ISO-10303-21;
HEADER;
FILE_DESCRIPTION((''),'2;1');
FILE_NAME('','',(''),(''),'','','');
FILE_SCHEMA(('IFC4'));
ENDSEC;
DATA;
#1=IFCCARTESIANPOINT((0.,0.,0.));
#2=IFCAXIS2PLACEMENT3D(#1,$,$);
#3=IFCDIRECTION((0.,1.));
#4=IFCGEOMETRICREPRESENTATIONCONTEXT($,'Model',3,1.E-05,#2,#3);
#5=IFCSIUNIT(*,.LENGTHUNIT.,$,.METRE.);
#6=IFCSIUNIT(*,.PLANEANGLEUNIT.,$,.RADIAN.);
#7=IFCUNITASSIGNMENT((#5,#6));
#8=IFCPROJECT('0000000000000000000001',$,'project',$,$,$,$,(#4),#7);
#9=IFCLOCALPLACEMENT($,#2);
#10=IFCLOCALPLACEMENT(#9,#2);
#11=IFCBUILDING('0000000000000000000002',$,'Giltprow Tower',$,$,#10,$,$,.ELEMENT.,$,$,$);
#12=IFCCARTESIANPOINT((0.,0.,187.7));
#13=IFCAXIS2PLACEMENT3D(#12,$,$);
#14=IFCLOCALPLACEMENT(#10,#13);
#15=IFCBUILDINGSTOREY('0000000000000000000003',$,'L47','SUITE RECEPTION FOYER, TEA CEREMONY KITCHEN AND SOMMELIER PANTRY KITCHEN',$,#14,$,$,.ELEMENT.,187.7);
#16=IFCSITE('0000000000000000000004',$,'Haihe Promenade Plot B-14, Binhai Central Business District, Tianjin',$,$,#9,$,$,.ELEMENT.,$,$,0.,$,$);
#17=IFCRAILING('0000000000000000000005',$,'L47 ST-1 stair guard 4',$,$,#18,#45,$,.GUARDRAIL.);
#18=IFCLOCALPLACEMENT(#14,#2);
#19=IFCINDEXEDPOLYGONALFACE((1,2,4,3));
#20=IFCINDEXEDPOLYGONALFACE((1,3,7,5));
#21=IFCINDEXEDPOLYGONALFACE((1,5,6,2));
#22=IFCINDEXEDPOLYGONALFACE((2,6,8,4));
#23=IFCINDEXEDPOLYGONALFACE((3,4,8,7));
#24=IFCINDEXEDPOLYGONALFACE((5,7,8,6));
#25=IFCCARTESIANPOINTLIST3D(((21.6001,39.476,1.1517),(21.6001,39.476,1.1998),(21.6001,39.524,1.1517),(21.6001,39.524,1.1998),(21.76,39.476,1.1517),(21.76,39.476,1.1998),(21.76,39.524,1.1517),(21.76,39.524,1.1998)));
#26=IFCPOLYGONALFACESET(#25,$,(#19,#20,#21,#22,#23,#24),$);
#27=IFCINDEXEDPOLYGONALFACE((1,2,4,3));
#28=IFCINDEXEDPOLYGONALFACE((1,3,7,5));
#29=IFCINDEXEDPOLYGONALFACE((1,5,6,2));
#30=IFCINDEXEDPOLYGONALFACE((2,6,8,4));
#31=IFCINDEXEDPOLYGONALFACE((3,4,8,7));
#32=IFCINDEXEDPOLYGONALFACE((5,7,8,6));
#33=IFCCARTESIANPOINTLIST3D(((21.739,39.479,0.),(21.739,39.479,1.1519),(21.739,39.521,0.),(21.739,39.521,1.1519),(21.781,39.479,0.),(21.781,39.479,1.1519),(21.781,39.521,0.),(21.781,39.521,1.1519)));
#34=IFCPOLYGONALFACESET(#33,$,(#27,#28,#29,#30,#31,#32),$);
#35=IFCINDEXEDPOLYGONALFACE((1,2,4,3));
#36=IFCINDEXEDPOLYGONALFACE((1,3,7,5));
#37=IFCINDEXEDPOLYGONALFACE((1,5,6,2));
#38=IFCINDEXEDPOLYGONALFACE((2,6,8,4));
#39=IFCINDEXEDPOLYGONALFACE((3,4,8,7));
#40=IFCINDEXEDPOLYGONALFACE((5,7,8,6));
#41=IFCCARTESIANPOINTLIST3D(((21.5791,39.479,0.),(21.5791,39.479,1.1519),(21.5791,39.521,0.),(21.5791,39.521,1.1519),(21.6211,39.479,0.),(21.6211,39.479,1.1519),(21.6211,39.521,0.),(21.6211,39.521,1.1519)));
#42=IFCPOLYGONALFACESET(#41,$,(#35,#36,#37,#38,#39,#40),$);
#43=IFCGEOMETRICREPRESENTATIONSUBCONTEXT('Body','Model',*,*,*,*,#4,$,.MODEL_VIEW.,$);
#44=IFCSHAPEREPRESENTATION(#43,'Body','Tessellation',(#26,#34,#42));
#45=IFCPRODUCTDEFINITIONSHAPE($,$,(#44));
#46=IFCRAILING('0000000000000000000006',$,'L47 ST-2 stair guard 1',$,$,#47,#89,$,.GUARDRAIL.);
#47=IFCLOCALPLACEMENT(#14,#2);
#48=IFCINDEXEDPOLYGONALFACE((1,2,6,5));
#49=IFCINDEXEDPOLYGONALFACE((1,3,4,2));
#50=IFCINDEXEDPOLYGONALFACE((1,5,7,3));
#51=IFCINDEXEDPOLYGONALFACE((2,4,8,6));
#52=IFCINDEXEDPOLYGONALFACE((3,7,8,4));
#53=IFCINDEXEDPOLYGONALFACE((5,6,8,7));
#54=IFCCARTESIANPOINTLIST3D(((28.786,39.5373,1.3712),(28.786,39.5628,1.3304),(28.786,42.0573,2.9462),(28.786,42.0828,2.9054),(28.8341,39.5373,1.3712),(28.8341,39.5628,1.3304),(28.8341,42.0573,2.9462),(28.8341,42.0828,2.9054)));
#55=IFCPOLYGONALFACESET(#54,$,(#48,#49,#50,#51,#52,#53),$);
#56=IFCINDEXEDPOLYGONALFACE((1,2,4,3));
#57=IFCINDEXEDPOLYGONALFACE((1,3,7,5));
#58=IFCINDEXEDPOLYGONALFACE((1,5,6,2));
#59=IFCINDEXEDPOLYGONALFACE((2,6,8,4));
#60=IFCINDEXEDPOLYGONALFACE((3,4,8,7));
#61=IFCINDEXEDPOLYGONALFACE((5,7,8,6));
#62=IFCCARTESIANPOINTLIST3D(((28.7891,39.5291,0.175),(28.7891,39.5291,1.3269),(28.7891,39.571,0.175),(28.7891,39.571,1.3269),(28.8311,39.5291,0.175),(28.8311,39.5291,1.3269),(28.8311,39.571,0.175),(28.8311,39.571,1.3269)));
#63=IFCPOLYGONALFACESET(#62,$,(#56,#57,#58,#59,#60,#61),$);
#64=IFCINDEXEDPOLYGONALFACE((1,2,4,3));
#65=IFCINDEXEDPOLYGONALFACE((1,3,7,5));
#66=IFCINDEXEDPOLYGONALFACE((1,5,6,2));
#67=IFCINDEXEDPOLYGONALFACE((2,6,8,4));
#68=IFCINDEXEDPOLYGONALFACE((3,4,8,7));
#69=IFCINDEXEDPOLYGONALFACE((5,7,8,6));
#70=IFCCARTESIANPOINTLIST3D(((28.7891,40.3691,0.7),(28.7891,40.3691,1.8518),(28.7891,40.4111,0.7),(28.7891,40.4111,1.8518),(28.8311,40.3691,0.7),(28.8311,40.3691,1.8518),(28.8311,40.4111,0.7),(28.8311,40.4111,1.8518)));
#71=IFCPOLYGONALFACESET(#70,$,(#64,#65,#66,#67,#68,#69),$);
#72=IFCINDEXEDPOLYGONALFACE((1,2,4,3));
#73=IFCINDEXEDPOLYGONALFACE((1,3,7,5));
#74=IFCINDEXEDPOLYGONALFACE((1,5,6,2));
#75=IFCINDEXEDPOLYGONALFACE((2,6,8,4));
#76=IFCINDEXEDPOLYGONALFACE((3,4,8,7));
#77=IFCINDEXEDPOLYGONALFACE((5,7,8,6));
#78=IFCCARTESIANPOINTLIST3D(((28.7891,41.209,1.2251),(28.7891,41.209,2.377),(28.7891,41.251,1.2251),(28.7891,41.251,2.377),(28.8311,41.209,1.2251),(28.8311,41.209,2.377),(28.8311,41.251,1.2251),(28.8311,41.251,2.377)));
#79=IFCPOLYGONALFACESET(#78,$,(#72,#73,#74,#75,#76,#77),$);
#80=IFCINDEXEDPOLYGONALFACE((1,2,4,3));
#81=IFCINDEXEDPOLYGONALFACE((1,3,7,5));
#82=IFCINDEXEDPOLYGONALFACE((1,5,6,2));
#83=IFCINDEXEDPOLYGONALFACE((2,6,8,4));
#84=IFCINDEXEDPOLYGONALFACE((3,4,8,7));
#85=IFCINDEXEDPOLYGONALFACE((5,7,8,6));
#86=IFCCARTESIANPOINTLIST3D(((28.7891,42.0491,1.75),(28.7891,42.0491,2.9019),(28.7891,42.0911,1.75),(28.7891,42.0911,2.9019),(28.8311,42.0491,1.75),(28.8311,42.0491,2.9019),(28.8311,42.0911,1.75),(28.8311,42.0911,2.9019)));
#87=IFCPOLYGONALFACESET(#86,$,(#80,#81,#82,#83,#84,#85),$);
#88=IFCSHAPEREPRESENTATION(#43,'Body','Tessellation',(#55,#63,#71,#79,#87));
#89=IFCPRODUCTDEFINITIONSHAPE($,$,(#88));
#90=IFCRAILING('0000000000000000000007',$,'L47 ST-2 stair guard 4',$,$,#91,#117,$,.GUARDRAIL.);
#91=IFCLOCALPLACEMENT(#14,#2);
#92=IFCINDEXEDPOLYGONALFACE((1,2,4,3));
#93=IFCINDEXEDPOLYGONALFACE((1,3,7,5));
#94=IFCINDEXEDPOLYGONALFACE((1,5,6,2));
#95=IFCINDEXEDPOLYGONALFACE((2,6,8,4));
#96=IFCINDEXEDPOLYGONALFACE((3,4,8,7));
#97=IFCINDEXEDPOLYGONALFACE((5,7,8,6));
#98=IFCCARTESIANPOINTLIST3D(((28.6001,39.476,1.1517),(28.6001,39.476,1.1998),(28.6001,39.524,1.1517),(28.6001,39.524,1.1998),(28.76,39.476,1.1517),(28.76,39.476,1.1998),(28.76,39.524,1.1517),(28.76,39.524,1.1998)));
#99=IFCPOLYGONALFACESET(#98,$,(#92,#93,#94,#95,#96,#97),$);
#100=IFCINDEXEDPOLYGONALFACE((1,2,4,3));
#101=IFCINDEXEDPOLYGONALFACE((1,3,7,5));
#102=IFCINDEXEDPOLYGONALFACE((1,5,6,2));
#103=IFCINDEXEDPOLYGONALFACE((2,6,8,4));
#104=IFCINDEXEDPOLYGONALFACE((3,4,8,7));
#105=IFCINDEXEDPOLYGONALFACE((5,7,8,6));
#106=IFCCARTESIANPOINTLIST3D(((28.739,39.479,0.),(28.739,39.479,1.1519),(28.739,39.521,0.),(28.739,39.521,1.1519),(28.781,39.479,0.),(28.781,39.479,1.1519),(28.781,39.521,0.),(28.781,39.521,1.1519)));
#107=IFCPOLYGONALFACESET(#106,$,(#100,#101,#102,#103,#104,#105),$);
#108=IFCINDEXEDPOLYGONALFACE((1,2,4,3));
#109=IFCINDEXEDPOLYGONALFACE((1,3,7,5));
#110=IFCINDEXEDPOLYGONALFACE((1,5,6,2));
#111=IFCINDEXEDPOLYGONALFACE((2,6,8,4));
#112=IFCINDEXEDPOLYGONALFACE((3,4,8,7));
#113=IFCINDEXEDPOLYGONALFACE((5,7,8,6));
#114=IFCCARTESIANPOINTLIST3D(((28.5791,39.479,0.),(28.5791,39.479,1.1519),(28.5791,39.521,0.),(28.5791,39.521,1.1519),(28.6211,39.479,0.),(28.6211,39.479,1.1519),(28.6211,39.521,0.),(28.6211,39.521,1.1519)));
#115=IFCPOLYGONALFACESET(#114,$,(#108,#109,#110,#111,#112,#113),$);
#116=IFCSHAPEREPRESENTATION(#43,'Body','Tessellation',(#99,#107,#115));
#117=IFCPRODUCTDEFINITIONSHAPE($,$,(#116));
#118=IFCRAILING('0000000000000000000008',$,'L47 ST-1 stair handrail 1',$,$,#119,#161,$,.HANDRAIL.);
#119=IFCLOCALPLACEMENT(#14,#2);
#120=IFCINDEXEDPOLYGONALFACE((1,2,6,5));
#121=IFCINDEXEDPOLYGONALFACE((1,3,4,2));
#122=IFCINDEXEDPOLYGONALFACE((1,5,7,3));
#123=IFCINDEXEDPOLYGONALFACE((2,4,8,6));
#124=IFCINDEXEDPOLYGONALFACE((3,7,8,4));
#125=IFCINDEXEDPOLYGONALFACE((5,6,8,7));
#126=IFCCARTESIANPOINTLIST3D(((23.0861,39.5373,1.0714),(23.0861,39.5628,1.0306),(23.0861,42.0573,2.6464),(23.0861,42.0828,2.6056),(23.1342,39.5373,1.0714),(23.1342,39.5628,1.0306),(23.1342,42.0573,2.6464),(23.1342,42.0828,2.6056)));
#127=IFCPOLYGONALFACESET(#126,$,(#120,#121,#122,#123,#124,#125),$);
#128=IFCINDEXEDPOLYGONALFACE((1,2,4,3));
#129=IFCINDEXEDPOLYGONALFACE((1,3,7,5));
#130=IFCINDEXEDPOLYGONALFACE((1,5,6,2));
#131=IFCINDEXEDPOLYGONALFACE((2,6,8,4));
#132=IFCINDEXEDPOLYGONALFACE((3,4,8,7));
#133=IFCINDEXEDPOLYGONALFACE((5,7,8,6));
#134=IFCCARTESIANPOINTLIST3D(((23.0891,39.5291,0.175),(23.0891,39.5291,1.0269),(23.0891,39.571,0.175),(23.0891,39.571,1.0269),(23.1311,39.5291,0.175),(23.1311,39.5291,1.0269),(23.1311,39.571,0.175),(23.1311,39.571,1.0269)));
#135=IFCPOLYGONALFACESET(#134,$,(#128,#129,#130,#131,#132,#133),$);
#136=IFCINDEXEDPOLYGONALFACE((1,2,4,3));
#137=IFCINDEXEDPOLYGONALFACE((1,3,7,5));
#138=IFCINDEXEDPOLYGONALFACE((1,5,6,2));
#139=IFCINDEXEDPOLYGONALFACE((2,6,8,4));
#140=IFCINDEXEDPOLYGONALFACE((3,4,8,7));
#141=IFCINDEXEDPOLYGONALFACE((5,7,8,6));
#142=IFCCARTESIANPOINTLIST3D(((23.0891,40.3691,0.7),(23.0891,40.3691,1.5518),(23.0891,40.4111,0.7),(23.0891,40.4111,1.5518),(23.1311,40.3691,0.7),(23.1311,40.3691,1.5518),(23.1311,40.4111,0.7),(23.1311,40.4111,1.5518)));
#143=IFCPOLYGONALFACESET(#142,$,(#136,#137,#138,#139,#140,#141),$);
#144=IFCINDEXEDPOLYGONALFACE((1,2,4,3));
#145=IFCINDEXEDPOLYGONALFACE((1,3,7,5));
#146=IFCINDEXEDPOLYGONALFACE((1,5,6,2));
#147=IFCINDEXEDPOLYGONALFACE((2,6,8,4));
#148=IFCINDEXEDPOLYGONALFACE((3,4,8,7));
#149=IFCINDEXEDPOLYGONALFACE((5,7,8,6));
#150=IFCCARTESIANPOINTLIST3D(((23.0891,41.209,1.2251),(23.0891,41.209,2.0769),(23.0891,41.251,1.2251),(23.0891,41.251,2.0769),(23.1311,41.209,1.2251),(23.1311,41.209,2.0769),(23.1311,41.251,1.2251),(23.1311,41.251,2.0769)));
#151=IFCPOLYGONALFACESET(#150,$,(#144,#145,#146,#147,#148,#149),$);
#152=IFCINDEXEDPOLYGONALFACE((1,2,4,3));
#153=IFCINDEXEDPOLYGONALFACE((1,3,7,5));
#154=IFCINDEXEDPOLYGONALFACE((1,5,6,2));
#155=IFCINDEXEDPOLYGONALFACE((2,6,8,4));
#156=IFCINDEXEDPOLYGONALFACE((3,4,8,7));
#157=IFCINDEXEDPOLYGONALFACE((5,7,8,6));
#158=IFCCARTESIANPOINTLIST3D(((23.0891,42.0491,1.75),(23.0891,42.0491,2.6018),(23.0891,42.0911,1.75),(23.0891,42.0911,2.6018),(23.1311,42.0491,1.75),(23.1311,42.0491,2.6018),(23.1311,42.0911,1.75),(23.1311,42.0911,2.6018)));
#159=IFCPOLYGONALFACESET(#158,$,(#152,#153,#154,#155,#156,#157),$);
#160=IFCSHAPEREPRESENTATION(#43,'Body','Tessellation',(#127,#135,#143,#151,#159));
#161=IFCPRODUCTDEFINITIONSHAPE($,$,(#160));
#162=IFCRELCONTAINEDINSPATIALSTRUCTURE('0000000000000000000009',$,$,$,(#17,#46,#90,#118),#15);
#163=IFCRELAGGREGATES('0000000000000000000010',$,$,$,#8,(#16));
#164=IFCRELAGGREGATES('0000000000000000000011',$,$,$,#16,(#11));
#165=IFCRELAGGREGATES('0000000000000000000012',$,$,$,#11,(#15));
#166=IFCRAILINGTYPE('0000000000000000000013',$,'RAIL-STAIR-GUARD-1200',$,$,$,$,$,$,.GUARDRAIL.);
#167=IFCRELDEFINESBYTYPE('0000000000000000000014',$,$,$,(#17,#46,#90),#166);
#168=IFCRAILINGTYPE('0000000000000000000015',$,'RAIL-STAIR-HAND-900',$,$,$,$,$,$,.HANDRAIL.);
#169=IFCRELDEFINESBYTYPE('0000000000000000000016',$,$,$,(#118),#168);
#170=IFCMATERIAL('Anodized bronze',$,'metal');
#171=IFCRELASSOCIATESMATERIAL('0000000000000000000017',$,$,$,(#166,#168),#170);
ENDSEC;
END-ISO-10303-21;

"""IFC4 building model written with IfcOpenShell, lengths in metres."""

from ifc_helpers import new_model, si_unit, direction, frame, origin, origin_2d, place, context, subcontext, project, spatial, rectangle, extrude, material, type_object, element, save


model = new_model("IFC4")

# Units and contexts
model_context = context("Model", 3, precision=1e-05, world=origin(), true_north=direction((0.0, 1.0)))
body_context = subcontext(model_context, "Body", "Model", "MODEL_VIEW")
ifc_project = project(units=[si_unit("LENGTHUNIT", "METRE"), si_unit("PLANEANGLEUNIT", "RADIAN")], contexts=[model_context])

# Site, building, storey
site_placement = place(None, origin())
site = spatial("IfcSite", under=ifc_project, at=site_placement, Name="Haihe Promenade Plot B-14, Binhai Central Business District, Tianjin", CompositionType="ELEMENT", RefElevation=0.0)
building_placement = place(site_placement, origin())
building = spatial("IfcBuilding", under=site, at=building_placement, Name="Giltprow Tower", CompositionType="ELEMENT")
storey_placement = place(building_placement, frame((0.0, 0.0, 187.7)))
storey = spatial("IfcBuildingStorey", under=building, at=storey_placement, Name="L47", Description="SUITE RECEPTION FOYER, TEA CEREMONY KITCHEN AND SOMMELIER PANTRY KITCHEN", CompositionType="ELEMENT", Elevation=187.7)

# Railings
ifc_material_1 = material(Name="Anodized bronze", Category="metal")
railing_type_1 = type_object("IfcRailingType", Name="RAIL-STAIR-GUARD-1200", PredefinedType="GUARDRAIL", material=ifc_material_1)
railing_1_placement = place(storey_placement, frame((21.76, 39.5, 0.0)))
element("IfcRailing", 1, at=railing_1_placement, inside=storey, type_object=railing_type_1, Name="L47 ST-1 stair guard 4", PredefinedType="GUARDRAIL", context=body_context, shape_type="SweptSolid", body=[
    extrude(rectangle(XDim=0.0481, YDim=0.0481, at=origin_2d()), frame((0.0, 0.0, 1.1758), z_axis=(-1.0, 0.0, 0.0), x_axis=(0.0, -1.0, 0.0)), (0.0, 0.0, 1.0), 0.1599),
    extrude(rectangle(XDim=0.042, YDim=0.042, at=origin_2d()), origin(), (0.0, 0.0, 1.0), 1.1519),
    extrude(rectangle(XDim=0.042, YDim=0.042, at=origin_2d()), frame((-0.1599, 0.0, 0.0)), (0.0, 0.0, 1.0), 1.1519),
])
railing_2_placement = place(storey_placement, frame((28.8101, 39.55, 0.175)))
element("IfcRailing", 2, at=railing_2_placement, inside=storey, type_object=railing_type_1, Name="L47 ST-2 stair guard 1", PredefinedType="GUARDRAIL", context=body_context, shape_type="SweptSolid", body=[
    extrude(rectangle(XDim=0.0481, YDim=0.0481, at=origin_2d()), frame((0.0, 0.0, 1.1758), z_axis=(0.0, 0.848008, 0.529984), x_axis=(-1.0, 0.0, 0.0)), (0.0, 0.0, 1.0), 2.9717),
    extrude(rectangle(XDim=0.042, YDim=0.042, at=origin_2d()), origin(), (0.0, 0.0, 1.0), 1.1519),
    extrude(rectangle(XDim=0.042, YDim=0.042, at=origin_2d()), frame((0.0, 0.8401, 0.5249)), (0.0, 0.0, 1.0), 1.1519),
    extrude(rectangle(XDim=0.042, YDim=0.042, at=origin_2d()), frame((0.0, 1.6799, 1.05)), (0.0, 0.0, 1.0), 1.1519),
    extrude(rectangle(XDim=0.042, YDim=0.042, at=origin_2d()), frame((0.0, 2.52, 1.575)), (0.0, 0.0, 1.0), 1.1519),
])
railing_3_placement = place(storey_placement, frame((28.76, 39.5, 0.0)))
element("IfcRailing", 3, at=railing_3_placement, inside=storey, type_object=railing_type_1, Name="L47 ST-2 stair guard 4", PredefinedType="GUARDRAIL", context=body_context, shape_type="SweptSolid", body=[
    extrude(rectangle(XDim=0.0481, YDim=0.0481, at=origin_2d()), frame((0.0, 0.0, 1.1758), z_axis=(-1.0, 0.0, 0.0), x_axis=(0.0, -1.0, 0.0)), (0.0, 0.0, 1.0), 0.1599),
    extrude(rectangle(XDim=0.042, YDim=0.042, at=origin_2d()), origin(), (0.0, 0.0, 1.0), 1.1519),
    extrude(rectangle(XDim=0.042, YDim=0.042, at=origin_2d()), frame((-0.1599, 0.0, 0.0)), (0.0, 0.0, 1.0), 1.1519),
])
railing_type_2 = type_object("IfcRailingType", Name="RAIL-STAIR-HAND-900", PredefinedType="HANDRAIL", material=ifc_material_1)
railing_4_placement = place(storey_placement, frame((23.1101, 39.55, 0.175)))
element("IfcRailing", 4, at=railing_4_placement, inside=storey, type_object=railing_type_2, Name="L47 ST-1 stair handrail 1", PredefinedType="HANDRAIL", context=body_context, shape_type="SweptSolid", body=[
    extrude(rectangle(XDim=0.0481, YDim=0.0481, at=origin_2d()), frame((0.0, 0.0, 0.876), z_axis=(0.0, 0.848008, 0.529984), x_axis=(-1.0, 0.0, 0.0)), (0.0, 0.0, 1.0), 2.9717),
    extrude(rectangle(XDim=0.042, YDim=0.042, at=origin_2d()), origin(), (0.0, 0.0, 1.0), 0.8518),
    extrude(rectangle(XDim=0.042, YDim=0.042, at=origin_2d()), frame((0.0, 0.8401, 0.5249)), (0.0, 0.0, 1.0), 0.8518),
    extrude(rectangle(XDim=0.042, YDim=0.042, at=origin_2d()), frame((0.0, 1.6799, 1.05)), (0.0, 0.0, 1.0), 0.8518),
    extrude(rectangle(XDim=0.042, YDim=0.042, at=origin_2d()), frame((0.0, 2.52, 1.575)), (0.0, 0.0, 1.0), 0.8518),
])

save(model, "model.ifc")
